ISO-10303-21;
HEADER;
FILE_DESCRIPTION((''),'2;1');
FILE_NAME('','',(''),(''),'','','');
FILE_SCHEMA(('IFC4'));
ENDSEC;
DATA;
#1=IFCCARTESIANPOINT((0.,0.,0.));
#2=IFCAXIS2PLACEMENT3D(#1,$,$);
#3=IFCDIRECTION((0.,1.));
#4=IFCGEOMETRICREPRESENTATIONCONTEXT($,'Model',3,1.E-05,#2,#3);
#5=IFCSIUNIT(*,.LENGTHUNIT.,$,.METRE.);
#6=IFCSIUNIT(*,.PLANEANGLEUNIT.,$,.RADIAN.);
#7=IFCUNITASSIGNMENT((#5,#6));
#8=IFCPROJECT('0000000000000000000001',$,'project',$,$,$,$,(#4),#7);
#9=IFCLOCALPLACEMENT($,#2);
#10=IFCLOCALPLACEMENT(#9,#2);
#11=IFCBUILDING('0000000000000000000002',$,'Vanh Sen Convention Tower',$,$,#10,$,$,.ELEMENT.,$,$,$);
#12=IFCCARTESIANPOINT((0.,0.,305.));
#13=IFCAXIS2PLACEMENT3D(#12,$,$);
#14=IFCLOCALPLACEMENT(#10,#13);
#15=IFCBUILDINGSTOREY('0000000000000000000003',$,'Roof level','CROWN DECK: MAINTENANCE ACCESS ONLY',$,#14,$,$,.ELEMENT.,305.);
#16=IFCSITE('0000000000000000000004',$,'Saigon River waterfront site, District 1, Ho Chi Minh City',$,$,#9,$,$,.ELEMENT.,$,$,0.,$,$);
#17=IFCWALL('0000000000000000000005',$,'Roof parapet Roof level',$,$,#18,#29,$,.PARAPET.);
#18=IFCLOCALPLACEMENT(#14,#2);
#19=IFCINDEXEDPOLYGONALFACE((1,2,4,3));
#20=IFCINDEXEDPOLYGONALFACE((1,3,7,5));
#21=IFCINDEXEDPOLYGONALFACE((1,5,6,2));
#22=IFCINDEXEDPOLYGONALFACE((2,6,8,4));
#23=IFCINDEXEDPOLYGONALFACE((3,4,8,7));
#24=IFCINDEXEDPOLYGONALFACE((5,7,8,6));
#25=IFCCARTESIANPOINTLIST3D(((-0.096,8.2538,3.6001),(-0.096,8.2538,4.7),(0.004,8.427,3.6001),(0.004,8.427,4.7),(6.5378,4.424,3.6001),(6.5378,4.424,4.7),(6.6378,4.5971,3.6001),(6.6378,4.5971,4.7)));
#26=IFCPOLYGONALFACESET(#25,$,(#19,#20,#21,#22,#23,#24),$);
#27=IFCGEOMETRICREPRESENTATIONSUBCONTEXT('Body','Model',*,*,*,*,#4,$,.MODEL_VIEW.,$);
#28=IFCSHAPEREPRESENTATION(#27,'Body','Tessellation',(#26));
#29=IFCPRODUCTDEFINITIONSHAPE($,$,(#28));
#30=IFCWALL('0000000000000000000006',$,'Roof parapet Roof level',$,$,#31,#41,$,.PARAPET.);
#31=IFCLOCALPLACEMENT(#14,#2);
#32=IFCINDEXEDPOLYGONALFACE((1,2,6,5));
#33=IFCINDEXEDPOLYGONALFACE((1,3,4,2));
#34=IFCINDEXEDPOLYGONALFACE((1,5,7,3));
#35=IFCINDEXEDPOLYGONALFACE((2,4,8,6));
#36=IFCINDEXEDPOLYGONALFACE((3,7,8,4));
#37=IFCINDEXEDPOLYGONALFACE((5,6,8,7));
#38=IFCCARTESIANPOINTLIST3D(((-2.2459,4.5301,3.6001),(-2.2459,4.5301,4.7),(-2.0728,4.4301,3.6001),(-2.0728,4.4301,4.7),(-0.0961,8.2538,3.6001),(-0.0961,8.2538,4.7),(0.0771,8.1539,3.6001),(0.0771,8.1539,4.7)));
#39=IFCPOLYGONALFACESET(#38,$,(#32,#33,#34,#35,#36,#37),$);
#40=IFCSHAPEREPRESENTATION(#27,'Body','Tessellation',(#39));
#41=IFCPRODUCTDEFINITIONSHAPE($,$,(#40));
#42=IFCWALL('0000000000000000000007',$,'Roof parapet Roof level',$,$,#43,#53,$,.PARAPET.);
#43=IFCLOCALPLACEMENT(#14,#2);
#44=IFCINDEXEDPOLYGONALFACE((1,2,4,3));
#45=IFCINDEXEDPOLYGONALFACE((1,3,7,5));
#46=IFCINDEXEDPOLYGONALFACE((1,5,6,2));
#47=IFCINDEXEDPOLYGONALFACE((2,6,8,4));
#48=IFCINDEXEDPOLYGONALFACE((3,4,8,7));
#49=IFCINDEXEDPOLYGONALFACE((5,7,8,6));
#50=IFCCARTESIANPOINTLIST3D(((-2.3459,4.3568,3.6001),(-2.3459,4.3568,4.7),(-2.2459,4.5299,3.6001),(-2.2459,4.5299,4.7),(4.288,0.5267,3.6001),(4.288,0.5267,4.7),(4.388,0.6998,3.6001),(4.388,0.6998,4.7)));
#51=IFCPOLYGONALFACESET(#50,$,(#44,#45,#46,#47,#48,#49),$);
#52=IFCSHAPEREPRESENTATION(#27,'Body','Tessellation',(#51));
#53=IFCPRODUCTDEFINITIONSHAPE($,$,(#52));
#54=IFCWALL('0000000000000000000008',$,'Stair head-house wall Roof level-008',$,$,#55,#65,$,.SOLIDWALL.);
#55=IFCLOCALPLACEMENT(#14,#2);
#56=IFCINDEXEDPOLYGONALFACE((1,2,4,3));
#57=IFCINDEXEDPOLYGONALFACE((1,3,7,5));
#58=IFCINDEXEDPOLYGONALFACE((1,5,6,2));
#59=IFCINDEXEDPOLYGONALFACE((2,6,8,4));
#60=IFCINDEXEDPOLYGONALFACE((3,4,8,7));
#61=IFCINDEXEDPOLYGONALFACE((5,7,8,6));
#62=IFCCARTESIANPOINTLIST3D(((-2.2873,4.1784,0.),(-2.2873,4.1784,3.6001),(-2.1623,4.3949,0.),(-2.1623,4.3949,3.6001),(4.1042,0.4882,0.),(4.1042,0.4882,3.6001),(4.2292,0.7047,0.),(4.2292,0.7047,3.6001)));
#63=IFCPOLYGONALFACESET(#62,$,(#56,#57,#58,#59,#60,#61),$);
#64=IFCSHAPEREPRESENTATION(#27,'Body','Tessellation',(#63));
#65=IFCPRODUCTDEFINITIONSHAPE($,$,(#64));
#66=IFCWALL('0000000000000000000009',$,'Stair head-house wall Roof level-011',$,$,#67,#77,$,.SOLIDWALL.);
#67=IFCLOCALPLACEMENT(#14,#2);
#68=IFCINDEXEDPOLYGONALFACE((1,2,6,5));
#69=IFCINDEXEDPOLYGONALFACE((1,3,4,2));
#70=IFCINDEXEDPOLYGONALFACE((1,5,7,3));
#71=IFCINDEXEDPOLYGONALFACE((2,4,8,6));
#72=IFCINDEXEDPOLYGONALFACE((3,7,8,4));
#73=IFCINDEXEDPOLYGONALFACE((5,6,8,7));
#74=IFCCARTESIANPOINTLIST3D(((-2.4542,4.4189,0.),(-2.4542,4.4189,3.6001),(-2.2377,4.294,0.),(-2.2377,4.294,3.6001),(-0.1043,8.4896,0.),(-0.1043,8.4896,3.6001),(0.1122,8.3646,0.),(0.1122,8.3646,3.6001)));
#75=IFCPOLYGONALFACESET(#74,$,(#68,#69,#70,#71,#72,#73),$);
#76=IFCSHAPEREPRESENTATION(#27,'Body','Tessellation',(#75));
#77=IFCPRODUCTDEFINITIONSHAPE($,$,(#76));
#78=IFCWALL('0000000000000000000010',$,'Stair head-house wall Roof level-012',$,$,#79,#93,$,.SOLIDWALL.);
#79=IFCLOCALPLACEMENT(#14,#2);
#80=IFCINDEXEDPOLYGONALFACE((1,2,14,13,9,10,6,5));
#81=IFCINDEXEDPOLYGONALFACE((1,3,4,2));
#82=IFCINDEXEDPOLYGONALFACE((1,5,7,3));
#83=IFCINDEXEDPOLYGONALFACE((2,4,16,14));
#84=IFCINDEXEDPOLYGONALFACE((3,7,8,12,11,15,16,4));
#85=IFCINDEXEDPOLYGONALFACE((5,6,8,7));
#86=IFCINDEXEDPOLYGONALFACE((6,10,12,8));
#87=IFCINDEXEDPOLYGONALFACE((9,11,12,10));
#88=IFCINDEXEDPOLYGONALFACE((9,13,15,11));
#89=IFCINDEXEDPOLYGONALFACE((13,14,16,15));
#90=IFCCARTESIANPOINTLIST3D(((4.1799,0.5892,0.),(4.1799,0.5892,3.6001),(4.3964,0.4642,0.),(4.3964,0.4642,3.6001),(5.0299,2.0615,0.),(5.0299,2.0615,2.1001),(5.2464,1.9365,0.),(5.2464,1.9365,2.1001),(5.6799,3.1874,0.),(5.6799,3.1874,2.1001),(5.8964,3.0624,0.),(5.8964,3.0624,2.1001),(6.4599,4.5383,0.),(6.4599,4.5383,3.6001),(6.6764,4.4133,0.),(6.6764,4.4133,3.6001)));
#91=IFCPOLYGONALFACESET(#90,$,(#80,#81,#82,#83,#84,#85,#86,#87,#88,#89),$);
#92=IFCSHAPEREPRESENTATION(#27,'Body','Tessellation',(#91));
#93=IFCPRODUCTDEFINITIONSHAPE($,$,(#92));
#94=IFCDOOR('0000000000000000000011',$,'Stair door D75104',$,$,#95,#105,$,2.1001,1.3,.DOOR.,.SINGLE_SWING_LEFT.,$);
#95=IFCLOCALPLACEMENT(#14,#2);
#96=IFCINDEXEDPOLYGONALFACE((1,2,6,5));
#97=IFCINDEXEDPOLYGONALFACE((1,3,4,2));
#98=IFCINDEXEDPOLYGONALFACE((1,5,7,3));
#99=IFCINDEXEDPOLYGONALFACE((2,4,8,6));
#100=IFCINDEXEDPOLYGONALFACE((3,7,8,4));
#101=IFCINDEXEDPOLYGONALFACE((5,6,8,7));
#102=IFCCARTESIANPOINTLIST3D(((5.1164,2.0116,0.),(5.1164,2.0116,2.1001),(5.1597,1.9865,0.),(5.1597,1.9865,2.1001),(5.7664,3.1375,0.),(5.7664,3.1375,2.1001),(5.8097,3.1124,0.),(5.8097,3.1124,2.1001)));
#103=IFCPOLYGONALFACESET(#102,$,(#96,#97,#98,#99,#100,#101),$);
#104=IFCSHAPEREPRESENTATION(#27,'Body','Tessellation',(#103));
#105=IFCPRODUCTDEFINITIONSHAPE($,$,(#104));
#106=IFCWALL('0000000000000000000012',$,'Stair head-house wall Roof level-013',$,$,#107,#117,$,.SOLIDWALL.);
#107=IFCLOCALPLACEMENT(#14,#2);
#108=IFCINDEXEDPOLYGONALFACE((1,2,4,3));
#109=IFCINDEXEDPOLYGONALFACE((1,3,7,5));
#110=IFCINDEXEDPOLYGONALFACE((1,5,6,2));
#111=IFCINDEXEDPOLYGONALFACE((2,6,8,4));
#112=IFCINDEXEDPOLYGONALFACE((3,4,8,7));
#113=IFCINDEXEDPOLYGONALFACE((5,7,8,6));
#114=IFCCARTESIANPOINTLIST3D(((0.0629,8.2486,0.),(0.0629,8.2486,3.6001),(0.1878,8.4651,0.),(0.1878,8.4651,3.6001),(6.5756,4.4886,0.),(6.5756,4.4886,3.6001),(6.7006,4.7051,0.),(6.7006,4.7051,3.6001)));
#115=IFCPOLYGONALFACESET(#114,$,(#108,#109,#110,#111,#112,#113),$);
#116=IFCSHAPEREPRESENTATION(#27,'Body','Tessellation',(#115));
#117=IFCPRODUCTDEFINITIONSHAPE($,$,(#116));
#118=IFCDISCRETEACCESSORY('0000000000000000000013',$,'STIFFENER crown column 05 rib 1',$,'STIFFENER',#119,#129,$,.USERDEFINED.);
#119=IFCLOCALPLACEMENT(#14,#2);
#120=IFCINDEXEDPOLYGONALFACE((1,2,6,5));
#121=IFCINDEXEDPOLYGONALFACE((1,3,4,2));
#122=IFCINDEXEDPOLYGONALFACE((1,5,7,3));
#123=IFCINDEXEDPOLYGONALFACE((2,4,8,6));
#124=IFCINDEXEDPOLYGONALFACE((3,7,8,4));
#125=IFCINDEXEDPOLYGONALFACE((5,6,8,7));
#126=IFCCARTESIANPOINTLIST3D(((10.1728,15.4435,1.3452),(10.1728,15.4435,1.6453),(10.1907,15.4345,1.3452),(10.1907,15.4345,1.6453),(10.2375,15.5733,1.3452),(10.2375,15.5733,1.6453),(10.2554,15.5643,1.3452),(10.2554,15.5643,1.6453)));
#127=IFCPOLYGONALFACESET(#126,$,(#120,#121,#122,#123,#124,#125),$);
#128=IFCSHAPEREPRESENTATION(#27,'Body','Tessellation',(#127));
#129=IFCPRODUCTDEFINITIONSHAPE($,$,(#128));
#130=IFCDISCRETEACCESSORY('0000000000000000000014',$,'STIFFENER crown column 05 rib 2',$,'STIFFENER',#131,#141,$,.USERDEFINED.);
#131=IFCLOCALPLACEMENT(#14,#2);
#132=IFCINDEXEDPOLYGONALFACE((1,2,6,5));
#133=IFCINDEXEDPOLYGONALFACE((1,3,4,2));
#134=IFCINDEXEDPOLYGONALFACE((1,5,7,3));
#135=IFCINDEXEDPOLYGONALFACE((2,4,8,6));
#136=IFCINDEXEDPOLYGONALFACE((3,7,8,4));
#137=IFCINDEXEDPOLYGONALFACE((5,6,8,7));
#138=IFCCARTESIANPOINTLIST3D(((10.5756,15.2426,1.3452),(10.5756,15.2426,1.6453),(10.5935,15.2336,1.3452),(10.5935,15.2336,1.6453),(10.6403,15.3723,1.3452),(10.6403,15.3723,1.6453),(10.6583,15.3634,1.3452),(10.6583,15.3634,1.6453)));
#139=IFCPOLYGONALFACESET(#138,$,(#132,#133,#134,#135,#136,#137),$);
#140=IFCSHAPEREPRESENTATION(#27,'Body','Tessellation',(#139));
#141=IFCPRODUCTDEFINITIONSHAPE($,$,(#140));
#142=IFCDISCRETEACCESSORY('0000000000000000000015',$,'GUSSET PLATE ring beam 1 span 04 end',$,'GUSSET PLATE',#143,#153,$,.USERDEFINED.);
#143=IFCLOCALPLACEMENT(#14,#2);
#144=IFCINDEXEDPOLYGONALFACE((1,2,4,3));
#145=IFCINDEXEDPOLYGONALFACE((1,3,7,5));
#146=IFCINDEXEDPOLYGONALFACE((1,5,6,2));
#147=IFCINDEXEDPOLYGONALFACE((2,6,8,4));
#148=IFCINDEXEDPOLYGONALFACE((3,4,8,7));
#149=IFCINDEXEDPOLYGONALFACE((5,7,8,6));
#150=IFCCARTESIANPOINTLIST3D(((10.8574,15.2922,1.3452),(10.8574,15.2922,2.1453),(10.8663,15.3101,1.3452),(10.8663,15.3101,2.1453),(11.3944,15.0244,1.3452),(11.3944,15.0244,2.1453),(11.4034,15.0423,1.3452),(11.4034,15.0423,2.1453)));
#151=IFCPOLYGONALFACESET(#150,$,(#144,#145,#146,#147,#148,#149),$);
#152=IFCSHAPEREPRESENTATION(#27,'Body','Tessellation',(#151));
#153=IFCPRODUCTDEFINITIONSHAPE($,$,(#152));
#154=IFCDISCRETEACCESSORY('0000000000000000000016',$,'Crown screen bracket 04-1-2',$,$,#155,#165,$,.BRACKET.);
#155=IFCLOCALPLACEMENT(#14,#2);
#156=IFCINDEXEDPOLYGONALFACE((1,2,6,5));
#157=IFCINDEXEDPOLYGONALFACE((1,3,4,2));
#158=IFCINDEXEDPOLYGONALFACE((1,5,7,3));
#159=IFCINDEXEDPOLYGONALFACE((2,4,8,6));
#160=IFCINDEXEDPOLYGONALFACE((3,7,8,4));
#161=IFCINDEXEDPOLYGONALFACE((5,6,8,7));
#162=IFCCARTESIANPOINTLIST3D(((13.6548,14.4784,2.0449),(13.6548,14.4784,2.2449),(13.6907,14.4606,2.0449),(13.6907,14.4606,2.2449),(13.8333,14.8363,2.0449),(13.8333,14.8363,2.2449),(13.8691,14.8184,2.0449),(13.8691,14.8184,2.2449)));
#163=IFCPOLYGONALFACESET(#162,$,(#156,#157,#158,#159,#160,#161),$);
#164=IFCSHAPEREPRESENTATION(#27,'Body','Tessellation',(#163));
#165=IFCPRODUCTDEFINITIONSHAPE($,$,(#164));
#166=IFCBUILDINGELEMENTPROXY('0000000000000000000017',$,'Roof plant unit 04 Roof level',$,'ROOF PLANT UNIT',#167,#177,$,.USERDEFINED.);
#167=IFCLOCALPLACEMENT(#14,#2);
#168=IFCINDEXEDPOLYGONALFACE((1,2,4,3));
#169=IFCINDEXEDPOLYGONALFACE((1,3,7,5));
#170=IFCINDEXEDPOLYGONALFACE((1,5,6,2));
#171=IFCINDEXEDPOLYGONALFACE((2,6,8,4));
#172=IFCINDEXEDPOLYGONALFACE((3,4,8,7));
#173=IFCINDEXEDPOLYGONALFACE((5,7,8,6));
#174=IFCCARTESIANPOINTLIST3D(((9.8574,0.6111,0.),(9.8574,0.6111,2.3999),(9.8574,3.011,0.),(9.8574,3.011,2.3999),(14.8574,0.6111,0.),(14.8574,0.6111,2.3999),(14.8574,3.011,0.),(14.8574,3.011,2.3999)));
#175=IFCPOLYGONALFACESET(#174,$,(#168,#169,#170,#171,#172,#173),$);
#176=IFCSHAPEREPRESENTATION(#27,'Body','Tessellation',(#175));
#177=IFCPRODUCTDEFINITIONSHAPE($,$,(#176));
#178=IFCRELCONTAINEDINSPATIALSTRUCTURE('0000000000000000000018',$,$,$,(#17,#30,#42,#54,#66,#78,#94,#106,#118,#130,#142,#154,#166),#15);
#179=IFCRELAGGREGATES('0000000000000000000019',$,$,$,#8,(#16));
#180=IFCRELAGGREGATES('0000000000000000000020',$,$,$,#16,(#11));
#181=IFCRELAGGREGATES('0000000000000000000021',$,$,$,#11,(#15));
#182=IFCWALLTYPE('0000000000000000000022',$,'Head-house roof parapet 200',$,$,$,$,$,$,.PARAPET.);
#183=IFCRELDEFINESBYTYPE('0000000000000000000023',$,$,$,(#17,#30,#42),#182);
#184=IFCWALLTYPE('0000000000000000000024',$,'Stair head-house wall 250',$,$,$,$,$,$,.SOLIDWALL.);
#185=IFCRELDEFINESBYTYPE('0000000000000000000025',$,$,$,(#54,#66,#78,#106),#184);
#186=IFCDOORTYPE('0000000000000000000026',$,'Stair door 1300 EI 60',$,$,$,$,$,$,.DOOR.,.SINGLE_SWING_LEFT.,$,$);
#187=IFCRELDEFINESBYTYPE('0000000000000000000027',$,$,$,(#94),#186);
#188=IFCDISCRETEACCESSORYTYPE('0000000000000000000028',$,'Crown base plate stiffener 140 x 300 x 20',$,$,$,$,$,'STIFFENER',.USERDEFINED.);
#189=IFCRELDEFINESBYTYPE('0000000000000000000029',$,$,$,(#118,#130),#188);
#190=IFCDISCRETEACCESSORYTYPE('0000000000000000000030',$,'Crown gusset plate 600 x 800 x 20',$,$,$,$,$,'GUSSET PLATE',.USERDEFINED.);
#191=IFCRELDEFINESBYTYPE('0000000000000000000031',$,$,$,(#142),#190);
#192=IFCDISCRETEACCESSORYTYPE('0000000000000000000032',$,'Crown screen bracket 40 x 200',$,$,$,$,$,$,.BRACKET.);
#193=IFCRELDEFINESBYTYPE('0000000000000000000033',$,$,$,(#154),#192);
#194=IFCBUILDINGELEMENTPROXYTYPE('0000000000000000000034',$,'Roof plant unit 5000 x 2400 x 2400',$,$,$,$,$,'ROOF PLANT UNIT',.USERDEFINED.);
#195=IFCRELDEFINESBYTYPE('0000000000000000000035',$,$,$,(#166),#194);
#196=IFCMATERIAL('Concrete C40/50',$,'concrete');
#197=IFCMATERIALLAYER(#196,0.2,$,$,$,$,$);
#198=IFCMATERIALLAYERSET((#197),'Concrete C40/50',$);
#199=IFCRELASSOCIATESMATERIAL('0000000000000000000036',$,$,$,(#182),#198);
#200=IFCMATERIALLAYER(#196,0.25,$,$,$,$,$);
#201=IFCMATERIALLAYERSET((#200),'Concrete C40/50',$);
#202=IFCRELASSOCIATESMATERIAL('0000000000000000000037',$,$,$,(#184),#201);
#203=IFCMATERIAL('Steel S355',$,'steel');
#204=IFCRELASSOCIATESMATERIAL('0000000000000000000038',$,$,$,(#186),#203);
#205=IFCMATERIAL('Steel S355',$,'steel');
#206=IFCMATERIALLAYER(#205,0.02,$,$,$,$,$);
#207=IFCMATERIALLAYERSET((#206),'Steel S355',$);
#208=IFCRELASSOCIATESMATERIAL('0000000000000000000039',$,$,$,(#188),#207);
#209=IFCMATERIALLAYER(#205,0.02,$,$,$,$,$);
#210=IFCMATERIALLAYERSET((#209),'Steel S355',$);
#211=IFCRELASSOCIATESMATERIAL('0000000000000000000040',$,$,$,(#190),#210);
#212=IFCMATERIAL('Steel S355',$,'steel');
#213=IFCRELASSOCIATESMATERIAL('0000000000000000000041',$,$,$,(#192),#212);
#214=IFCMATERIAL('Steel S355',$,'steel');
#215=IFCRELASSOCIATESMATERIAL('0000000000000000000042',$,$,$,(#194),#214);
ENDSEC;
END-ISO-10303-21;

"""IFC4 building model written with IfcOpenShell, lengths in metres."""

from ifc_helpers import new_model, si_unit, direction, frame, frame_2d, origin, origin_2d, place, context, subcontext, project, spatial, rectangle, extrude, material, layer, layer_set, type_object, element, fill, save


model = new_model("IFC4")

# Units and contexts
model_context = context("Model", 3, precision=1e-05, world=origin(), true_north=direction((0.0, 1.0)))
body_context = subcontext(model_context, "Body", "Model", "MODEL_VIEW")
ifc_project = project(units=[si_unit("LENGTHUNIT", "METRE"), si_unit("PLANEANGLEUNIT", "RADIAN")], contexts=[model_context])

# Site, building, storey
site_placement = place(None, origin())
site = spatial("IfcSite", under=ifc_project, at=site_placement, Name="Saigon River waterfront site, District 1, Ho Chi Minh City", CompositionType="ELEMENT", RefElevation=0.0)
building_placement = place(site_placement, origin())
building = spatial("IfcBuilding", under=site, at=building_placement, Name="Vanh Sen Convention Tower", CompositionType="ELEMENT")
storey_placement = place(building_placement, frame((0.0, 0.0, 305.0)))
storey = spatial("IfcBuildingStorey", under=building, at=storey_placement, Name="Roof level", Description="CROWN DECK: MAINTENANCE ACCESS ONLY", CompositionType="ELEMENT", Elevation=305.0)

# Shared definitions
ifc_material_1 = material(Name="Concrete C40/50", Category="concrete")

# Walls
ifc_layer_1 = layer(ifc_material_1, 0.2)
ifc_layer_set_1 = layer_set([ifc_layer_1], Name="Concrete C40/50")
wall_type_1 = type_object("IfcWallType", Name="Head-house roof parapet 200", PredefinedType="PARAPET", material=ifc_layer_set_1)
wall_1_placement = place(storey_placement, frame((6.5879, 4.5105, 3.6001), z_axis=(0.0, 0.0, 1.0), x_axis=(-0.866036, 0.499982, 0.0)))
element("IfcWall", 1, at=wall_1_placement, inside=storey, type_object=wall_type_1, Name="Roof parapet Roof level", PredefinedType="PARAPET", context=body_context, shape_type="SweptSolid", body=[
    extrude(rectangle(XDim=7.6599, YDim=0.2, at=frame_2d((3.8301, 0.0))), origin(), (0.0, 0.0, 1.0), 1.0999),
])
wall_2_placement = place(storey_placement, frame((-0.0095, 8.2039, 3.6001), z_axis=(0.0, 0.0, 1.0), x_axis=(-0.499986, -0.866033, 0.0)))
element("IfcWall", 2, at=wall_2_placement, inside=storey, type_object=wall_type_1, Name="Roof parapet Roof level", PredefinedType="PARAPET", context=body_context, shape_type="SweptSolid", body=[
    extrude(rectangle(XDim=4.2998, YDim=0.2, at=frame_2d((2.1499, 0.0))), origin(), (0.0, 0.0, 1.0), 1.0999),
])
wall_3_placement = place(storey_placement, frame((-2.2959, 4.4434, 3.6001), z_axis=(0.0, 0.0, 1.0), x_axis=(0.866022, -0.500006, 0.0)))
element("IfcWall", 3, at=wall_3_placement, inside=storey, type_object=wall_type_1, Name="Roof parapet Roof level", PredefinedType="PARAPET", context=body_context, shape_type="SweptSolid", body=[
    extrude(rectangle(XDim=7.6602, YDim=0.2, at=frame_2d((3.8301, 0.0))), origin(), (0.0, 0.0, 1.0), 1.0999),
])
ifc_layer_2 = layer(ifc_material_1, 0.25)
ifc_layer_set_2 = layer_set([ifc_layer_2], Name="Concrete C40/50")
wall_type_2 = type_object("IfcWallType", Name="Stair head-house wall 250", PredefinedType="SOLIDWALL", material=ifc_layer_set_2)
wall_4_placement = place(storey_placement, frame((4.1667, 0.5964, 0.0), z_axis=(0.0, 0.0, 1.0), x_axis=(-0.866026, 0.499999, 0.0)))
element("IfcWall", 4, at=wall_4_placement, inside=storey, type_object=wall_type_2, Name="Stair head-house wall Roof level-008", PredefinedType="SOLIDWALL", context=body_context, shape_type="SweptSolid", body=[
    extrude(rectangle(XDim=7.3804, YDim=0.25, at=frame_2d((3.6902, 0.0))), origin(), (0.0, 0.0, 1.0), 3.6001),
])
wall_5_placement = place(storey_placement, frame((-2.3459, 4.3564, 0.0), z_axis=(0.0, 0.0, 1.0), x_axis=(0.499955, 0.866052, 0.0)))
element("IfcWall", 5, at=wall_5_placement, inside=storey, type_object=wall_type_2, Name="Stair head-house wall Roof level-011", PredefinedType="SOLIDWALL", context=body_context, shape_type="SweptSolid", body=[
    extrude(rectangle(XDim=4.7002, YDim=0.25, at=frame_2d((2.3501, 0.0))), origin(), (0.0, 0.0, 1.0), 3.6001),
])

# Wall, opening, door
wall_6_placement = place(storey_placement, frame((6.5681, 4.4758, 0.0), z_axis=(0.0, 0.0, 1.0), x_axis=(-0.499991, -0.86603, 0.0)))
wall_6 = element("IfcWall", 6, at=wall_6_placement, inside=storey, type_object=wall_type_2, Name="Stair head-house wall Roof level-012", PredefinedType="SOLIDWALL", context=body_context, shape_type="SweptSolid", body=[
    extrude(rectangle(XDim=4.5601, YDim=0.25, at=frame_2d((2.28, 0.0))), origin(), (0.0, 0.0, 1.0), 3.6001),
])
opening_1_placement = place(wall_6_placement, frame((1.5601, 0.0, 0.0)))
opening_1 = element("IfcOpeningElement", 7, at=opening_1_placement, cuts=wall_6, PredefinedType="OPENING", context=body_context, shape_type="SweptSolid", body=[
    extrude(rectangle(XDim=1.3, YDim=2.1001, at=frame_2d((0.6499, 1.05))), frame((0.0, 0.135, 0.0), z_axis=(0.0, -1.0, 0.0), x_axis=(1.0, 0.0, 0.0)), (0.0, 0.0, 1.0), 0.27),
])
ifc_material_2 = material(Name="Steel S355", Category="steel")
door_type = type_object("IfcDoorType", Name="Stair door 1300 EI 60", OperationType="SINGLE_SWING_LEFT", PredefinedType="DOOR", material=ifc_material_2)
door_placement = place(opening_1_placement, origin())
door = element("IfcDoor", 8, at=door_placement, inside=storey, type_object=door_type, Name="Stair door D75104", OperationType="SINGLE_SWING_LEFT", OverallHeight=2.1001, OverallWidth=1.3, PredefinedType="DOOR", context=body_context, shape_type="SweptSolid", body=[
    extrude(rectangle(XDim=1.3, YDim=2.1001, at=frame_2d((0.6499, 1.05))), frame((0.0, 0.0249, 0.0), z_axis=(0.0, -1.0, 0.0), x_axis=(1.0, 0.0, 0.0)), (0.0, 0.0, 1.0), 0.05),
])
fill(opening_1, door)

# Wall
wall_7_placement = place(storey_placement, frame((0.1252, 8.3569, 0.0), z_axis=(0.0, 0.0, 1.0), x_axis=(0.866031, -0.49999, 0.0)))
element("IfcWall", 9, at=wall_7_placement, inside=storey, type_object=wall_type_2, Name="Stair head-house wall Roof level-013", PredefinedType="SOLIDWALL", context=body_context, shape_type="SweptSolid", body=[
    extrude(rectangle(XDim=7.5203, YDim=0.25, at=frame_2d((3.7603, 0.0))), origin(), (0.0, 0.0, 1.0), 3.6001),
])

# Discrete accessories
ifc_material_3 = material(Name="Steel S355", Category="steel")
ifc_layer_3 = layer(ifc_material_3, 0.02)
ifc_layer_set_3 = layer_set([ifc_layer_3], Name="Steel S355")
discrete_accessory_type_1 = type_object("IfcDiscreteAccessoryType", Name="Crown base plate stiffener 140 x 300 x 20", ElementType="STIFFENER", PredefinedType="USERDEFINED", material=ifc_layer_set_3)
for number, where, z_axis, x_axis, name in (
    (10, (10.2141, 15.5039, 1.3452), (0.0, 0.0, 1.0), (-0.446198, -0.894934, 0.0), "STIFFENER crown column 05 rib 1"),
    (11, (10.6169, 15.303, 1.3452), (0.0, 0.0, 1.0), (-0.446198, -0.894934, 0.0), "STIFFENER crown column 05 rib 2"),
):
    element("IfcDiscreteAccessory", number, at=place(storey_placement, frame(where, z_axis=z_axis, x_axis=x_axis)), inside=storey, type_object=discrete_accessory_type_1, Name=name, ObjectType="STIFFENER", PredefinedType="USERDEFINED", context=body_context, shape_type="SweptSolid", body=[
        extrude(rectangle(XDim=0.145, YDim=0.02, at=origin_2d()), origin(), (0.0, 0.0, 1.0), 0.3),
    ])
ifc_layer_4 = layer(ifc_material_3, 0.02)
ifc_layer_set_4 = layer_set([ifc_layer_4], Name="Steel S355")
discrete_accessory_type_2 = type_object("IfcDiscreteAccessoryType", Name="Crown gusset plate 600 x 800 x 20", ElementType="GUSSET PLATE", PredefinedType="USERDEFINED", material=ifc_layer_set_4)
discrete_accessory_1_placement = place(storey_placement, frame((11.1304, 15.1672, 1.3452), z_axis=(0.0, 0.0, 1.0), x_axis=(0.894931, -0.446204, 0.0)))
element("IfcDiscreteAccessory", 12, at=discrete_accessory_1_placement, inside=storey, type_object=discrete_accessory_type_2, Name="GUSSET PLATE ring beam 1 span 04 end", ObjectType="GUSSET PLATE", PredefinedType="USERDEFINED", context=body_context, shape_type="SweptSolid", body=[
    extrude(rectangle(XDim=0.6001, YDim=0.02, at=origin_2d()), origin(), (0.0, 0.0, 1.0), 0.8),
])
ifc_material_4 = material(Name="Steel S355", Category="steel")
discrete_accessory_type_3 = type_object("IfcDiscreteAccessoryType", Name="Crown screen bracket 40 x 200", PredefinedType="BRACKET", material=ifc_material_4)
discrete_accessory_2_placement = place(storey_placement, frame((13.762, 14.6484, 2.0449), z_axis=(0.0, 0.0, 1.0), x_axis=(0.446204, 0.894931, 0.0)))
element("IfcDiscreteAccessory", 13, at=discrete_accessory_2_placement, inside=storey, type_object=discrete_accessory_type_3, Name="Crown screen bracket 04-1-2", PredefinedType="BRACKET", context=body_context, shape_type="SweptSolid", body=[
    extrude(rectangle(XDim=0.3999, YDim=0.04, at=origin_2d()), origin(), (0.0, 0.0, 1.0), 0.2),
])

# Building element proxy
ifc_material_5 = material(Name="Steel S355", Category="steel")
building_element_proxy_type = type_object("IfcBuildingElementProxyType", Name="Roof plant unit 5000 x 2400 x 2400", ElementType="ROOF PLANT UNIT", PredefinedType="USERDEFINED", material=ifc_material_5)
for number, where, z_axis, x_axis, name in (
    (14, (12.3574, 1.811, 0.0), (0.0, 0.0, 1.0), (1.0, 0.0, 0.0), "Roof plant unit 04 Roof level"),
):
    element("IfcBuildingElementProxy", number, at=place(storey_placement, frame(where, z_axis=z_axis, x_axis=x_axis)), inside=storey, type_object=building_element_proxy_type, Name=name, ObjectType="ROOF PLANT UNIT", PredefinedType="USERDEFINED", context=body_context, shape_type="SweptSolid", body=[
        extrude(rectangle(XDim=5.0, YDim=2.3999, at=origin_2d()), origin(), (0.0, 0.0, 1.0), 2.3999),
    ])

save(model, "model.ifc")
